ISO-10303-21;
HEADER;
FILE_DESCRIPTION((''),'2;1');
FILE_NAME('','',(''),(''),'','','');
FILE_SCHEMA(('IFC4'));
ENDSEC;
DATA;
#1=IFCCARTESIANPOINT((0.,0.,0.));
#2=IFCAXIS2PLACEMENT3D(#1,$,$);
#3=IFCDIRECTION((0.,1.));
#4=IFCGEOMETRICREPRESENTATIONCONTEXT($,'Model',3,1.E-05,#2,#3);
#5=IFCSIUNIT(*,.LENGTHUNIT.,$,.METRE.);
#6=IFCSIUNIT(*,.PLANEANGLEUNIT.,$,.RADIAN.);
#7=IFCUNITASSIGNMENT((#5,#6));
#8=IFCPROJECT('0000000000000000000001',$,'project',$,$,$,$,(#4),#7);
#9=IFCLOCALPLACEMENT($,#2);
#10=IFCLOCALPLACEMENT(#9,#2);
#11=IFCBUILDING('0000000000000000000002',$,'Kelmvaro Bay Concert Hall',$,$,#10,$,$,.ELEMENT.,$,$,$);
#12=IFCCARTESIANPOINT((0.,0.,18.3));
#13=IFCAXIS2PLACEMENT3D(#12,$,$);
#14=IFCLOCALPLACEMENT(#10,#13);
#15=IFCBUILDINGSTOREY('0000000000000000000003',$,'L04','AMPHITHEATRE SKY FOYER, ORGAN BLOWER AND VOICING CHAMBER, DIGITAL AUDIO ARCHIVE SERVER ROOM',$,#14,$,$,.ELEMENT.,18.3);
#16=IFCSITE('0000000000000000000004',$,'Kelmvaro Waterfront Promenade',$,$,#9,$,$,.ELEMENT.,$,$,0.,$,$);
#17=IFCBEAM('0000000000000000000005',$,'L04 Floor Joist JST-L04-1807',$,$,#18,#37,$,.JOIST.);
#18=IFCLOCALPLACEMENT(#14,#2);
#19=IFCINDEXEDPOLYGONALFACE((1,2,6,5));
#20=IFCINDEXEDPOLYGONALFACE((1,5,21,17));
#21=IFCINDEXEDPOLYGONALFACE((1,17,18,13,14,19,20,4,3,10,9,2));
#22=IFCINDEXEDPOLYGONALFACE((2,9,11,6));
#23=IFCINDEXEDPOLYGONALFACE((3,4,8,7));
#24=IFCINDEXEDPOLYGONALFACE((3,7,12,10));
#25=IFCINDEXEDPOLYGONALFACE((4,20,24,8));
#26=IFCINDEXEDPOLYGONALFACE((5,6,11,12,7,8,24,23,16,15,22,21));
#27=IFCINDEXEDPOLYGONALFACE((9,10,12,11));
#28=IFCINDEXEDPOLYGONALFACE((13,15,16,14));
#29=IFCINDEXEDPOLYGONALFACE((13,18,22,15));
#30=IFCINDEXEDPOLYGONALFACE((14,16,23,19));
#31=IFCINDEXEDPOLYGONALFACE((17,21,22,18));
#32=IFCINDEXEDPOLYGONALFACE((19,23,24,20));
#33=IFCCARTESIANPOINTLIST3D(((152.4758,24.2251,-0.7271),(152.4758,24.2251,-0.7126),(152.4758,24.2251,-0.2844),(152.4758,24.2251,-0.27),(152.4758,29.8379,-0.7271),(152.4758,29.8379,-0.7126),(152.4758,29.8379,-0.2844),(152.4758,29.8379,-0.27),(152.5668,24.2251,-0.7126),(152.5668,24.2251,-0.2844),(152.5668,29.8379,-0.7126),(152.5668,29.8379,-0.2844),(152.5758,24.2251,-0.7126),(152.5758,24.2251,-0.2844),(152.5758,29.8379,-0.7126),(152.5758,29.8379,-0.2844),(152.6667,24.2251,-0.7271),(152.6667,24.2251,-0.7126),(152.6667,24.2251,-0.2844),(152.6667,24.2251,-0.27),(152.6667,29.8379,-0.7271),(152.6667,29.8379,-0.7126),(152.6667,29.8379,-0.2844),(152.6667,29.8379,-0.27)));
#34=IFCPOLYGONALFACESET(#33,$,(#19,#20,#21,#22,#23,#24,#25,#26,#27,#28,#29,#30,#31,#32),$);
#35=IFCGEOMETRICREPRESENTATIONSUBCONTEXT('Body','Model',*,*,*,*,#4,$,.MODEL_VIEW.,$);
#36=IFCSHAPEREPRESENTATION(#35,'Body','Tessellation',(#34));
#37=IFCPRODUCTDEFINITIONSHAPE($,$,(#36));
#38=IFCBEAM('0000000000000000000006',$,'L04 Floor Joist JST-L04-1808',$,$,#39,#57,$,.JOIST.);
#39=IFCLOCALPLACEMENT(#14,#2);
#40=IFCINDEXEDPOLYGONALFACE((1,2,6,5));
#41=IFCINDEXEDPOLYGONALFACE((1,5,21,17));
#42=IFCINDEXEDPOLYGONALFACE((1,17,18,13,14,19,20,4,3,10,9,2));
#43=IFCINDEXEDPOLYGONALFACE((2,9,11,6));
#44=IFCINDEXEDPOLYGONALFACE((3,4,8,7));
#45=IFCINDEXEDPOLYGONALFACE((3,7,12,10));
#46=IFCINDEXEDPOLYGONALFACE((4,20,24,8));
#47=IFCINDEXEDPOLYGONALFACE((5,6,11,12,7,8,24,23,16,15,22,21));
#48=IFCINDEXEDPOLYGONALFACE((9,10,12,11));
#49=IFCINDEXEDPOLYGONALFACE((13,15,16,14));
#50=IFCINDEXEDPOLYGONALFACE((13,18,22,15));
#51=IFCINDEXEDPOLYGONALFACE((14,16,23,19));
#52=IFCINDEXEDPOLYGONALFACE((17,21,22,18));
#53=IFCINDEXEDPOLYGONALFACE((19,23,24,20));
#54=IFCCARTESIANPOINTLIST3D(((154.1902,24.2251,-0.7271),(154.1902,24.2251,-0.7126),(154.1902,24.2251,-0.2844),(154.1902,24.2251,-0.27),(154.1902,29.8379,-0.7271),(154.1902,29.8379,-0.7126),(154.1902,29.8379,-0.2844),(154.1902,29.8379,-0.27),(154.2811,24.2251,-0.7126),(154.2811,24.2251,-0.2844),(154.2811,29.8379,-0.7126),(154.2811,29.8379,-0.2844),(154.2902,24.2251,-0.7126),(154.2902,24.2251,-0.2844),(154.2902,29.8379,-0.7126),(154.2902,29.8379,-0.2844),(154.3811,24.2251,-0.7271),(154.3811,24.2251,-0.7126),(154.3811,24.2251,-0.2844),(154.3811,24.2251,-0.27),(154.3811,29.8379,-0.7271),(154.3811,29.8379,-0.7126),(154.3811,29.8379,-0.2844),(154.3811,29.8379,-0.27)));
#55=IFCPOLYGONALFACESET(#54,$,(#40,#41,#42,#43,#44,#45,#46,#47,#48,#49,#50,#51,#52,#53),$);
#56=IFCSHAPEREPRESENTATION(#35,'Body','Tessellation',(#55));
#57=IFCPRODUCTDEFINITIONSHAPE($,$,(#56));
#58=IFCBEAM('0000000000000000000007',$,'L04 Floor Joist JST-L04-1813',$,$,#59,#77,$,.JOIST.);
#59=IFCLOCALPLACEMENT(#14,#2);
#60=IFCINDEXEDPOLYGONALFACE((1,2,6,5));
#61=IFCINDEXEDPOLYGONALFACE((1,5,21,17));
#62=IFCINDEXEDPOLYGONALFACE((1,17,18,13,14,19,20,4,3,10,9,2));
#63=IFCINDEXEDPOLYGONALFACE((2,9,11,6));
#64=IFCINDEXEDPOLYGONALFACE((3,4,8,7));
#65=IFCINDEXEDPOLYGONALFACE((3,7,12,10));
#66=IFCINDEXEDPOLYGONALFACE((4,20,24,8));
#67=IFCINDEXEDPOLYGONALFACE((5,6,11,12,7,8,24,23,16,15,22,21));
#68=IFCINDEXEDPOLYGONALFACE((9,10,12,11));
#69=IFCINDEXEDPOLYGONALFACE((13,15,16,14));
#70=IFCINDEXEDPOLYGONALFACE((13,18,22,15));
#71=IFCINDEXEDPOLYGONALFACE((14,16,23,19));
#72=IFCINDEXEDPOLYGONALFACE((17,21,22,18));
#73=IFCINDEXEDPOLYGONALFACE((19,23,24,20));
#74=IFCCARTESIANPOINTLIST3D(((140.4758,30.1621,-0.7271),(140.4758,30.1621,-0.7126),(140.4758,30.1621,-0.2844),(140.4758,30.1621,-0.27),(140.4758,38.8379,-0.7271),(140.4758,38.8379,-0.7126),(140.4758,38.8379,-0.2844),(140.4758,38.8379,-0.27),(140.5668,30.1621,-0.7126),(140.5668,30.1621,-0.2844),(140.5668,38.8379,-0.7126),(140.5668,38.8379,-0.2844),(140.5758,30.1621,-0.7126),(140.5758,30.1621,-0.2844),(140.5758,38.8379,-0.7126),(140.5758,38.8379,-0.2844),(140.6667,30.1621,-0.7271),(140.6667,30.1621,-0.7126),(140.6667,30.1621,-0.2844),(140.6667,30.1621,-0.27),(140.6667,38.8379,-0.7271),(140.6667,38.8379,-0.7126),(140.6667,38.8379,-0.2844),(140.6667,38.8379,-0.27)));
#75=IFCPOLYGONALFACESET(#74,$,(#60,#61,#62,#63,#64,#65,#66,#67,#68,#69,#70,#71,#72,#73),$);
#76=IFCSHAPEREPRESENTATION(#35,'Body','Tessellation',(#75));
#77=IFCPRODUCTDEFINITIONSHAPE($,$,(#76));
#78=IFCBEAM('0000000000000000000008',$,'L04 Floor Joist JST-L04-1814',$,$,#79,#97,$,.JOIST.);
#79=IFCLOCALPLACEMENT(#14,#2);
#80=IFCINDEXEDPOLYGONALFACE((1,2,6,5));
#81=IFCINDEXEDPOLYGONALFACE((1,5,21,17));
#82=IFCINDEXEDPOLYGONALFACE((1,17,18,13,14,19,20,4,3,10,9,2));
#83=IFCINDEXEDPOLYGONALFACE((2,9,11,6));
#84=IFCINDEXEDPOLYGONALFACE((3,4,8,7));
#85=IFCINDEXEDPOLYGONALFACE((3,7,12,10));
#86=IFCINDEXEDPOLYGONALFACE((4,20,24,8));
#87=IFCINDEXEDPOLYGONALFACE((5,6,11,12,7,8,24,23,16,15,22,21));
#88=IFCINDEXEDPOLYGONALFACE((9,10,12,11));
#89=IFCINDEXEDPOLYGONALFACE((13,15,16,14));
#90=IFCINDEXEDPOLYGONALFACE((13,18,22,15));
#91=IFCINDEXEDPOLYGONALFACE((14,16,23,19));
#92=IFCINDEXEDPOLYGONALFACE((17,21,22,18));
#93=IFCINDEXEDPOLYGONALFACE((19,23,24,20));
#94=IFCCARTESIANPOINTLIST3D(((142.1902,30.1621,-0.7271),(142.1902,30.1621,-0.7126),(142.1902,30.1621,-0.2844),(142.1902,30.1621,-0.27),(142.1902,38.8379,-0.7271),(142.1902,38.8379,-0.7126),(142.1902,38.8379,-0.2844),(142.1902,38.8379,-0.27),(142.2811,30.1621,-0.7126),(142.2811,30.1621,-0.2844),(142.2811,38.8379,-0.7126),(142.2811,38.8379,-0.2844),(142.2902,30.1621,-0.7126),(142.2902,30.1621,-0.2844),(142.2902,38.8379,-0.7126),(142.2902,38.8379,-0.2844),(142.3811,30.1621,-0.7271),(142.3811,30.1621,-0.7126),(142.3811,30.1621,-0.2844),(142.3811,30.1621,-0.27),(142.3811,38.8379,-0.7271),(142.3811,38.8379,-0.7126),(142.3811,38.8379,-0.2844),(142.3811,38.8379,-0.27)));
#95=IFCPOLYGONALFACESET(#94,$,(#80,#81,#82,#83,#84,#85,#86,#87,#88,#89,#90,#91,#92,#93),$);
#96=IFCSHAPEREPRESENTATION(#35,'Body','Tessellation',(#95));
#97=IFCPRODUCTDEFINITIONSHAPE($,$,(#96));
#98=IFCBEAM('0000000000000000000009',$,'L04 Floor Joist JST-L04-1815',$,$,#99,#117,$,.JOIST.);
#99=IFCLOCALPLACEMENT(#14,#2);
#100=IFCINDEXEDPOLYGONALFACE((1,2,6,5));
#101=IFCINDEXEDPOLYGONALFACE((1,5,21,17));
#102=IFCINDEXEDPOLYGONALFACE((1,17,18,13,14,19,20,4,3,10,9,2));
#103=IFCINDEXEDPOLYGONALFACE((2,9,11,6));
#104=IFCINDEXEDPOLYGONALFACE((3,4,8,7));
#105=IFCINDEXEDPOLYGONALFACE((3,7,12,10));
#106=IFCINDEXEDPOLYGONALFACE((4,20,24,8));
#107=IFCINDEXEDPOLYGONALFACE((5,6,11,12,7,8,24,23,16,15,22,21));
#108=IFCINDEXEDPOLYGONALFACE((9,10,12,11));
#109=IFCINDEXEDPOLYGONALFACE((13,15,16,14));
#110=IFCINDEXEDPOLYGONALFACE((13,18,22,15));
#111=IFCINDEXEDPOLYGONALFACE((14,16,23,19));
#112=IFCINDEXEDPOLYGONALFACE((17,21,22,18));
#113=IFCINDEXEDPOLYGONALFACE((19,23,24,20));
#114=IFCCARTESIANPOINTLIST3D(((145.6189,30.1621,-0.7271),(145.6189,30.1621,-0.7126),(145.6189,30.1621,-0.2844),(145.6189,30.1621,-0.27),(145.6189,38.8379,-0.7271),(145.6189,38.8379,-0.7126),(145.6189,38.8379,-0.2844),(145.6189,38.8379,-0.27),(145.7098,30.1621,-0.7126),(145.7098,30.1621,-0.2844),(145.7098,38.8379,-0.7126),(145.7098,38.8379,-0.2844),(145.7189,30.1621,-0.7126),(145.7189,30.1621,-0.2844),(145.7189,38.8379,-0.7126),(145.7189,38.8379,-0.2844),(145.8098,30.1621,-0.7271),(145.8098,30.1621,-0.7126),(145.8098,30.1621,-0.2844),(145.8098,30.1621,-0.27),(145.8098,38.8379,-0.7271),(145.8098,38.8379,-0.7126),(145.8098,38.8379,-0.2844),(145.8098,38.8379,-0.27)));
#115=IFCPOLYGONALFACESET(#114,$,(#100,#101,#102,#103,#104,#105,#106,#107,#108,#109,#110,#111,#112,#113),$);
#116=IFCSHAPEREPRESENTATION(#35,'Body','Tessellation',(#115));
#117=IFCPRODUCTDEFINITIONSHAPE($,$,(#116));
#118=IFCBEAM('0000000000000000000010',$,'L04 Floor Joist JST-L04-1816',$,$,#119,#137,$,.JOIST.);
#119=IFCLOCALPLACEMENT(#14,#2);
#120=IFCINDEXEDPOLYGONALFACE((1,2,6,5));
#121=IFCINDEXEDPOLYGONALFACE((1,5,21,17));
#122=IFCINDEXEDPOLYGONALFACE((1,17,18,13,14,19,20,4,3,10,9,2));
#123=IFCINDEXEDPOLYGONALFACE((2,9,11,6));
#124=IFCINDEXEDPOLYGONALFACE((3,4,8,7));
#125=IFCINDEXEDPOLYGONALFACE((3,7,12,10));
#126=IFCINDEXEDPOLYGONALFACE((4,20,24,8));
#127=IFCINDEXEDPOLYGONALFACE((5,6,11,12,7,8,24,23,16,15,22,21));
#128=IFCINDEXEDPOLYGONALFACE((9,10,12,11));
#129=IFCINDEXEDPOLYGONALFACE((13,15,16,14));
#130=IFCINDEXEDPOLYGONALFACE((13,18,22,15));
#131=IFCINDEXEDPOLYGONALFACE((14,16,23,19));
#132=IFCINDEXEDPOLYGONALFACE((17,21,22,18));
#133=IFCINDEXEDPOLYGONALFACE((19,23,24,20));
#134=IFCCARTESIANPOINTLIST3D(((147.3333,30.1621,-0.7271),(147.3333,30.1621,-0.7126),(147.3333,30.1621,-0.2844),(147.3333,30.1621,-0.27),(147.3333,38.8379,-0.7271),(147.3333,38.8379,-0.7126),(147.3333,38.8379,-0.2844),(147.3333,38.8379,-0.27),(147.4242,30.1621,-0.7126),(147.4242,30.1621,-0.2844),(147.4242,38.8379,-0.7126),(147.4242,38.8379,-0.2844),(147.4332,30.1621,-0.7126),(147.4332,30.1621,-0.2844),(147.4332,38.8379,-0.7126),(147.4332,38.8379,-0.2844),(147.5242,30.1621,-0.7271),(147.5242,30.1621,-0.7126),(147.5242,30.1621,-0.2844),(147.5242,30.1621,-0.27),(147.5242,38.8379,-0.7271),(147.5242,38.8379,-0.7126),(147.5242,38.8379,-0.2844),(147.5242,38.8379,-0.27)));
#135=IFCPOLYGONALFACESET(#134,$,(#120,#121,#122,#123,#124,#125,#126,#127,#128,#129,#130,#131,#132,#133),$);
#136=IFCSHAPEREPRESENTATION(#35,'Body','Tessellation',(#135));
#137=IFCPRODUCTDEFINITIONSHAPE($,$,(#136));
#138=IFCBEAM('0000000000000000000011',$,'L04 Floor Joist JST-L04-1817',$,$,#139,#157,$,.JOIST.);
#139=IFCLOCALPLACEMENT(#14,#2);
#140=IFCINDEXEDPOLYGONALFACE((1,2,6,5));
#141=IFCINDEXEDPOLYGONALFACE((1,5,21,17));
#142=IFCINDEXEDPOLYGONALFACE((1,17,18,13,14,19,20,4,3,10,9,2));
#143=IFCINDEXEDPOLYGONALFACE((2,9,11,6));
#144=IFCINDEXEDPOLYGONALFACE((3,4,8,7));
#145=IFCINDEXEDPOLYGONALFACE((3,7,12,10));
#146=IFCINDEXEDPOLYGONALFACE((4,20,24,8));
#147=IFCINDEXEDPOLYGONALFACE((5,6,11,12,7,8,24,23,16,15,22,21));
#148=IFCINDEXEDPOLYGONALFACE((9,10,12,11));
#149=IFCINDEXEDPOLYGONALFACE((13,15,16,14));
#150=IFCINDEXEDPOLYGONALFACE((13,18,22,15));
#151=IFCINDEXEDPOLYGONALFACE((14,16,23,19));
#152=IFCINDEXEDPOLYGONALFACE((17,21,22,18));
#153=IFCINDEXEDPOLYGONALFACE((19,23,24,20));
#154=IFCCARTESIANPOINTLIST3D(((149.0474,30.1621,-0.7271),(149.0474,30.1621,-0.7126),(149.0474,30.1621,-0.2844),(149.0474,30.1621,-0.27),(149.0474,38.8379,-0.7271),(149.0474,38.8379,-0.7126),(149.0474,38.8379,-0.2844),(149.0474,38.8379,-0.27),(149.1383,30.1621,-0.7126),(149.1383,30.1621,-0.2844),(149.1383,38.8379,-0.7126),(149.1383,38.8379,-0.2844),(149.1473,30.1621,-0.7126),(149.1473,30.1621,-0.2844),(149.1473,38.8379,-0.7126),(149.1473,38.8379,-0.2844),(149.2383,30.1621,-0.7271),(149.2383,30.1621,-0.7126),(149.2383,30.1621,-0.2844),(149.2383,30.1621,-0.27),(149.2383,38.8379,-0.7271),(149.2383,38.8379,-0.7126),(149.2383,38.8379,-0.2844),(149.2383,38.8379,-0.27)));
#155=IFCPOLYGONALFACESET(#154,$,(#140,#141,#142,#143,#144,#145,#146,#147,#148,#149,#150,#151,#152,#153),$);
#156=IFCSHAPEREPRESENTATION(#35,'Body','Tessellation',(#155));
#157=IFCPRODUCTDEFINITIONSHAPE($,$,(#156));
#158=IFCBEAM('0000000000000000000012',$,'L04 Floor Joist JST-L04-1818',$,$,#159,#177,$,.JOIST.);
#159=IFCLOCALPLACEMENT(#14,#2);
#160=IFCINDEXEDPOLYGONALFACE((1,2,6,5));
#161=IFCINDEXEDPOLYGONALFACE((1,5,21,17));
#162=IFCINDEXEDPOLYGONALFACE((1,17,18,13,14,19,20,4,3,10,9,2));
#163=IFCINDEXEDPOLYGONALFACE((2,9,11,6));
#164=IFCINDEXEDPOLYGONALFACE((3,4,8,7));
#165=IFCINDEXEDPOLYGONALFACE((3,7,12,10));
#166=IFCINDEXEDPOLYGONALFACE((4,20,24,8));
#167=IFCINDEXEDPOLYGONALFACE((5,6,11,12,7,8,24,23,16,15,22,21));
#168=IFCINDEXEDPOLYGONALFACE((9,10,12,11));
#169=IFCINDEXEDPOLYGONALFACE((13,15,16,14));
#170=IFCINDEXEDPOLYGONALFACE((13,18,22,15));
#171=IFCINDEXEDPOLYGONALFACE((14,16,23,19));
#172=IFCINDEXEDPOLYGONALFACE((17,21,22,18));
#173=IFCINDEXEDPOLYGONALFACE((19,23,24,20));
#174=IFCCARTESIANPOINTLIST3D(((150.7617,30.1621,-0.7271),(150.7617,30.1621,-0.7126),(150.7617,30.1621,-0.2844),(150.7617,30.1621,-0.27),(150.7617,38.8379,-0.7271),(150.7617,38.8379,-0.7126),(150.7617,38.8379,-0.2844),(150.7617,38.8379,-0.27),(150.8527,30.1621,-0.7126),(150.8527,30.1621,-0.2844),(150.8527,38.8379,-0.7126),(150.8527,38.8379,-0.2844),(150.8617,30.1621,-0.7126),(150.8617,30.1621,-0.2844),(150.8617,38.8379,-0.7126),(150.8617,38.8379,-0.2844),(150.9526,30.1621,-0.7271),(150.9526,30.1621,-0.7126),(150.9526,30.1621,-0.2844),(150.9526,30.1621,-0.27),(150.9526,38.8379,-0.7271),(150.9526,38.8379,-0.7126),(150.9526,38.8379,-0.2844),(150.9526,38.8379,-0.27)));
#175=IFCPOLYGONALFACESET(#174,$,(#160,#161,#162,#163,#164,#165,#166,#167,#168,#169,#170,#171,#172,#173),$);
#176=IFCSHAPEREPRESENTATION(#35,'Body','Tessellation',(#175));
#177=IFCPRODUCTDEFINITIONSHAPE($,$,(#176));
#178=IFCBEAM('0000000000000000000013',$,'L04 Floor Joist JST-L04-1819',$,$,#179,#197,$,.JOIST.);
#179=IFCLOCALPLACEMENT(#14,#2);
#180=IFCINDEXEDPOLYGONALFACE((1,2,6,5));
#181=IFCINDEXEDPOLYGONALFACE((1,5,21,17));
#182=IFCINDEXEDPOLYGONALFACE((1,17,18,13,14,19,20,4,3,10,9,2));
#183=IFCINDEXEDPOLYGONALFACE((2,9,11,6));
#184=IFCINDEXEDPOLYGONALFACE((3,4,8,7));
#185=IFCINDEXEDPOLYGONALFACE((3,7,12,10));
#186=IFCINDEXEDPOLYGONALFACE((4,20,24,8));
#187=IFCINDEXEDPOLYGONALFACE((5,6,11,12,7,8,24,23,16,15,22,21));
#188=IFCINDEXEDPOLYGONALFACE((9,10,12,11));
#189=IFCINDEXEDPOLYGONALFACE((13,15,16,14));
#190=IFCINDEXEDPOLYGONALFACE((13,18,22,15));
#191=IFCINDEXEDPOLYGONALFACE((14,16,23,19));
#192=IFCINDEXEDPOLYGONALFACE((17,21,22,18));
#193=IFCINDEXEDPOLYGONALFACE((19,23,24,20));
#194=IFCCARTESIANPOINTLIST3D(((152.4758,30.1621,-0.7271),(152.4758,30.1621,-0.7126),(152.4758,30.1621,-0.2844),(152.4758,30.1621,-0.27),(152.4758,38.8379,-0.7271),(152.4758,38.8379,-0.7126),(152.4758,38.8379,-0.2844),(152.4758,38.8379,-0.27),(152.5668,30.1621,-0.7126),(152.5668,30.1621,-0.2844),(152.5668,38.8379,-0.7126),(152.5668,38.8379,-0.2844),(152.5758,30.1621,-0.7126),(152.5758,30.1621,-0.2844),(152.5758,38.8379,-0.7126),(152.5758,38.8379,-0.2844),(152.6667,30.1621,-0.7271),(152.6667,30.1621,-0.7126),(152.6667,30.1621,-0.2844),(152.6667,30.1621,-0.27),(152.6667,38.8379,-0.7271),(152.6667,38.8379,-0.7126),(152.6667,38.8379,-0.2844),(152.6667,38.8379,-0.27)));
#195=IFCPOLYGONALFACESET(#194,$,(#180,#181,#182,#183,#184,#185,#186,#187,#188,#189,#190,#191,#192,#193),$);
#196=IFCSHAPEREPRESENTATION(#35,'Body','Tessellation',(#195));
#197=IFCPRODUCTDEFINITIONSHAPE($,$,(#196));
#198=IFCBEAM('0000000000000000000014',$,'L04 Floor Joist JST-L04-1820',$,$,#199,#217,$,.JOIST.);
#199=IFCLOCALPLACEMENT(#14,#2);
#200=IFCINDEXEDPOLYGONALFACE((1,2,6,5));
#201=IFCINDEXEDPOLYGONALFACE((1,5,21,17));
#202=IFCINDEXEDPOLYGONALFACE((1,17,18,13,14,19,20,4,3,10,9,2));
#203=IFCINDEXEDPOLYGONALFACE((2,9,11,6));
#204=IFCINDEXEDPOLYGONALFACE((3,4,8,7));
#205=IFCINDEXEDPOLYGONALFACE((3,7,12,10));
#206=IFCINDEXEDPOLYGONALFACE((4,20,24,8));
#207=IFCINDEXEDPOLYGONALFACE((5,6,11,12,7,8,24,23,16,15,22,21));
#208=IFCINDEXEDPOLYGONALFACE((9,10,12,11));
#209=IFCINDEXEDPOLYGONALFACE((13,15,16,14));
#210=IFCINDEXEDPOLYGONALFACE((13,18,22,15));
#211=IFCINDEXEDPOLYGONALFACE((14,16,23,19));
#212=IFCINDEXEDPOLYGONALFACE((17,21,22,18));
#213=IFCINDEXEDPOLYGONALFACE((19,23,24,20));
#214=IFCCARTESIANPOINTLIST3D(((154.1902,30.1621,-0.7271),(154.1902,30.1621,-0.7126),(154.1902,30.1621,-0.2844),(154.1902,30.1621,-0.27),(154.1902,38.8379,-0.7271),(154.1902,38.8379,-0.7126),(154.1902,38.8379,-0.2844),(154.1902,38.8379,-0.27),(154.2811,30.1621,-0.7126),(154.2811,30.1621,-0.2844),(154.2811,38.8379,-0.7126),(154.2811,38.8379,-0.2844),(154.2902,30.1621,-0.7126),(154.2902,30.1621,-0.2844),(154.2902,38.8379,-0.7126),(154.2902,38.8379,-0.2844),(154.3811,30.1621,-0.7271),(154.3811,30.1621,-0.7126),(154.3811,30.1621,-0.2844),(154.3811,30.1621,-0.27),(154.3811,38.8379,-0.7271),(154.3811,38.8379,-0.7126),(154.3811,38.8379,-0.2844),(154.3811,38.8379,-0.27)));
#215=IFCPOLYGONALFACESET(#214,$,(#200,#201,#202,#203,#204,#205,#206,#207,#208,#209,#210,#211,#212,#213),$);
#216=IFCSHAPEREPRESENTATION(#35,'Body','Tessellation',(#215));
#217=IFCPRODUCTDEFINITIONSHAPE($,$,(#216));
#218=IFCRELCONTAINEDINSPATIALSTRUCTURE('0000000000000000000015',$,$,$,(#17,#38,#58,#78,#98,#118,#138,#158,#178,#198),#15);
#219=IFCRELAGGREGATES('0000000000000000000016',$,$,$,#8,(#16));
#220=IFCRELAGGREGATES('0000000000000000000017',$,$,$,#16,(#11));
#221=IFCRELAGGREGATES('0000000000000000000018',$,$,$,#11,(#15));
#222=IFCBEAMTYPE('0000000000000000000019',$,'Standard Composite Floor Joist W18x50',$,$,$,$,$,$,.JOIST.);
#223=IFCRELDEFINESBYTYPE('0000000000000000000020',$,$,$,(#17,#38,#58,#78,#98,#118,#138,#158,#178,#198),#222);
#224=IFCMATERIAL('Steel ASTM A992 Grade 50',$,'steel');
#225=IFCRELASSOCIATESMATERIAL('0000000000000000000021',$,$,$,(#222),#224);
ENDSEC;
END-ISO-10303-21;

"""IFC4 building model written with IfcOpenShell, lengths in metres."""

from ifc_helpers import new_model, si_unit, direction, frame, origin, origin_2d, place, context, subcontext, project, spatial, i_section, extrude, material, material_profile, profile_set, type_object, element, save


model = new_model("IFC4")

# Units and contexts
model_context = context("Model", 3, precision=1e-05, world=origin(), true_north=direction((0.0, 1.0)))
body_context = subcontext(model_context, "Body", "Model", "MODEL_VIEW")
ifc_project = project(units=[si_unit("LENGTHUNIT", "METRE"), si_unit("PLANEANGLEUNIT", "RADIAN")], contexts=[model_context])

# Site, building, storey
site_placement = place(None, origin())
site = spatial("IfcSite", under=ifc_project, at=site_placement, Name="Kelmvaro Waterfront Promenade", CompositionType="ELEMENT", RefElevation=0.0)
building_placement = place(site_placement, origin())
building = spatial("IfcBuilding", under=site, at=building_placement, Name="Kelmvaro Bay Concert Hall", CompositionType="ELEMENT")
storey_placement = place(building_placement, frame((0.0, 0.0, 18.3)))
storey = spatial("IfcBuildingStorey", under=building, at=storey_placement, Name="L04", Description="AMPHITHEATRE SKY FOYER, ORGAN BLOWER AND VOICING CHAMBER, DIGITAL AUDIO ARCHIVE SERVER ROOM", CompositionType="ELEMENT", Elevation=18.3)

# Beams
ifc_material_1 = material(Name="Steel ASTM A992 Grade 50", Category="steel")
ifc_material_profile_1 = material_profile(ifc_material_1, i_section(OverallWidth=0.1909, OverallDepth=0.457, WebThickness=0.009, FlangeThickness=0.0144, at=origin_2d()), Name="W18X50")
ifc_profile_set_1 = profile_set([ifc_material_profile_1], Name="Steel ASTM A992 Grade 50")
beam_type_1 = type_object("IfcBeamType", Name="Standard Composite Floor Joist W18x50", PredefinedType="JOIST", material=ifc_profile_set_1)
for number, where, z_axis, x_axis, name in (
    (1, (152.5713, 24.2251, -0.4985), (0.0, 1.0, 0.0), (-1.0, 0.0, 0.0), "L04 Floor Joist JST-L04-1807"),
    (2, (154.2856, 24.2251, -0.4985), (0.0, 1.0, 0.0), (-1.0, 0.0, 0.0), "L04 Floor Joist JST-L04-1808"),
):
    element("IfcBeam", number, at=place(storey_placement, frame(where, z_axis=z_axis, x_axis=x_axis)), inside=storey, type_object=beam_type_1, Name=name, PredefinedType="JOIST", context=body_context, shape_type="SweptSolid", body=[
        extrude(i_section(OverallWidth=0.1909, OverallDepth=0.457, WebThickness=0.009, FlangeThickness=0.0144, at=origin_2d()), origin(), (0.0, 0.0, 1.0), 5.6128),
    ])
for number, where, z_axis, x_axis, name in (
    (3, (140.5713, 30.1621, -0.4985), (0.0, 1.0, 0.0), (-1.0, 0.0, 0.0), "L04 Floor Joist JST-L04-1813"),
    (4, (142.2856, 30.1621, -0.4985), (0.0, 1.0, 0.0), (-1.0, 0.0, 0.0), "L04 Floor Joist JST-L04-1814"),
    (5, (145.7144, 30.1621, -0.4985), (0.0, 1.0, 0.0), (-1.0, 0.0, 0.0), "L04 Floor Joist JST-L04-1815"),
    (6, (147.4287, 30.1621, -0.4985), (0.0, 1.0, 0.0), (-1.0, 0.0, 0.0), "L04 Floor Joist JST-L04-1816"),
    (7, (149.1428, 30.1621, -0.4985), (0.0, 1.0, 0.0), (-1.0, 0.0, 0.0), "L04 Floor Joist JST-L04-1817"),
    (8, (150.8572, 30.1621, -0.4985), (0.0, 1.0, 0.0), (-1.0, 0.0, 0.0), "L04 Floor Joist JST-L04-1818"),
    (9, (152.5713, 30.1621, -0.4985), (0.0, 1.0, 0.0), (-1.0, 0.0, 0.0), "L04 Floor Joist JST-L04-1819"),
    (10, (154.2856, 30.1621, -0.4985), (0.0, 1.0, 0.0), (-1.0, 0.0, 0.0), "L04 Floor Joist JST-L04-1820"),
):
    element("IfcBeam", number, at=place(storey_placement, frame(where, z_axis=z_axis, x_axis=x_axis)), inside=storey, type_object=beam_type_1, Name=name, PredefinedType="JOIST", context=body_context, shape_type="SweptSolid", body=[
        extrude(i_section(OverallWidth=0.1909, OverallDepth=0.457, WebThickness=0.009, FlangeThickness=0.0144, at=origin_2d()), origin(), (0.0, 0.0, 1.0), 8.6758),
    ])

save(model, "model.ifc")
